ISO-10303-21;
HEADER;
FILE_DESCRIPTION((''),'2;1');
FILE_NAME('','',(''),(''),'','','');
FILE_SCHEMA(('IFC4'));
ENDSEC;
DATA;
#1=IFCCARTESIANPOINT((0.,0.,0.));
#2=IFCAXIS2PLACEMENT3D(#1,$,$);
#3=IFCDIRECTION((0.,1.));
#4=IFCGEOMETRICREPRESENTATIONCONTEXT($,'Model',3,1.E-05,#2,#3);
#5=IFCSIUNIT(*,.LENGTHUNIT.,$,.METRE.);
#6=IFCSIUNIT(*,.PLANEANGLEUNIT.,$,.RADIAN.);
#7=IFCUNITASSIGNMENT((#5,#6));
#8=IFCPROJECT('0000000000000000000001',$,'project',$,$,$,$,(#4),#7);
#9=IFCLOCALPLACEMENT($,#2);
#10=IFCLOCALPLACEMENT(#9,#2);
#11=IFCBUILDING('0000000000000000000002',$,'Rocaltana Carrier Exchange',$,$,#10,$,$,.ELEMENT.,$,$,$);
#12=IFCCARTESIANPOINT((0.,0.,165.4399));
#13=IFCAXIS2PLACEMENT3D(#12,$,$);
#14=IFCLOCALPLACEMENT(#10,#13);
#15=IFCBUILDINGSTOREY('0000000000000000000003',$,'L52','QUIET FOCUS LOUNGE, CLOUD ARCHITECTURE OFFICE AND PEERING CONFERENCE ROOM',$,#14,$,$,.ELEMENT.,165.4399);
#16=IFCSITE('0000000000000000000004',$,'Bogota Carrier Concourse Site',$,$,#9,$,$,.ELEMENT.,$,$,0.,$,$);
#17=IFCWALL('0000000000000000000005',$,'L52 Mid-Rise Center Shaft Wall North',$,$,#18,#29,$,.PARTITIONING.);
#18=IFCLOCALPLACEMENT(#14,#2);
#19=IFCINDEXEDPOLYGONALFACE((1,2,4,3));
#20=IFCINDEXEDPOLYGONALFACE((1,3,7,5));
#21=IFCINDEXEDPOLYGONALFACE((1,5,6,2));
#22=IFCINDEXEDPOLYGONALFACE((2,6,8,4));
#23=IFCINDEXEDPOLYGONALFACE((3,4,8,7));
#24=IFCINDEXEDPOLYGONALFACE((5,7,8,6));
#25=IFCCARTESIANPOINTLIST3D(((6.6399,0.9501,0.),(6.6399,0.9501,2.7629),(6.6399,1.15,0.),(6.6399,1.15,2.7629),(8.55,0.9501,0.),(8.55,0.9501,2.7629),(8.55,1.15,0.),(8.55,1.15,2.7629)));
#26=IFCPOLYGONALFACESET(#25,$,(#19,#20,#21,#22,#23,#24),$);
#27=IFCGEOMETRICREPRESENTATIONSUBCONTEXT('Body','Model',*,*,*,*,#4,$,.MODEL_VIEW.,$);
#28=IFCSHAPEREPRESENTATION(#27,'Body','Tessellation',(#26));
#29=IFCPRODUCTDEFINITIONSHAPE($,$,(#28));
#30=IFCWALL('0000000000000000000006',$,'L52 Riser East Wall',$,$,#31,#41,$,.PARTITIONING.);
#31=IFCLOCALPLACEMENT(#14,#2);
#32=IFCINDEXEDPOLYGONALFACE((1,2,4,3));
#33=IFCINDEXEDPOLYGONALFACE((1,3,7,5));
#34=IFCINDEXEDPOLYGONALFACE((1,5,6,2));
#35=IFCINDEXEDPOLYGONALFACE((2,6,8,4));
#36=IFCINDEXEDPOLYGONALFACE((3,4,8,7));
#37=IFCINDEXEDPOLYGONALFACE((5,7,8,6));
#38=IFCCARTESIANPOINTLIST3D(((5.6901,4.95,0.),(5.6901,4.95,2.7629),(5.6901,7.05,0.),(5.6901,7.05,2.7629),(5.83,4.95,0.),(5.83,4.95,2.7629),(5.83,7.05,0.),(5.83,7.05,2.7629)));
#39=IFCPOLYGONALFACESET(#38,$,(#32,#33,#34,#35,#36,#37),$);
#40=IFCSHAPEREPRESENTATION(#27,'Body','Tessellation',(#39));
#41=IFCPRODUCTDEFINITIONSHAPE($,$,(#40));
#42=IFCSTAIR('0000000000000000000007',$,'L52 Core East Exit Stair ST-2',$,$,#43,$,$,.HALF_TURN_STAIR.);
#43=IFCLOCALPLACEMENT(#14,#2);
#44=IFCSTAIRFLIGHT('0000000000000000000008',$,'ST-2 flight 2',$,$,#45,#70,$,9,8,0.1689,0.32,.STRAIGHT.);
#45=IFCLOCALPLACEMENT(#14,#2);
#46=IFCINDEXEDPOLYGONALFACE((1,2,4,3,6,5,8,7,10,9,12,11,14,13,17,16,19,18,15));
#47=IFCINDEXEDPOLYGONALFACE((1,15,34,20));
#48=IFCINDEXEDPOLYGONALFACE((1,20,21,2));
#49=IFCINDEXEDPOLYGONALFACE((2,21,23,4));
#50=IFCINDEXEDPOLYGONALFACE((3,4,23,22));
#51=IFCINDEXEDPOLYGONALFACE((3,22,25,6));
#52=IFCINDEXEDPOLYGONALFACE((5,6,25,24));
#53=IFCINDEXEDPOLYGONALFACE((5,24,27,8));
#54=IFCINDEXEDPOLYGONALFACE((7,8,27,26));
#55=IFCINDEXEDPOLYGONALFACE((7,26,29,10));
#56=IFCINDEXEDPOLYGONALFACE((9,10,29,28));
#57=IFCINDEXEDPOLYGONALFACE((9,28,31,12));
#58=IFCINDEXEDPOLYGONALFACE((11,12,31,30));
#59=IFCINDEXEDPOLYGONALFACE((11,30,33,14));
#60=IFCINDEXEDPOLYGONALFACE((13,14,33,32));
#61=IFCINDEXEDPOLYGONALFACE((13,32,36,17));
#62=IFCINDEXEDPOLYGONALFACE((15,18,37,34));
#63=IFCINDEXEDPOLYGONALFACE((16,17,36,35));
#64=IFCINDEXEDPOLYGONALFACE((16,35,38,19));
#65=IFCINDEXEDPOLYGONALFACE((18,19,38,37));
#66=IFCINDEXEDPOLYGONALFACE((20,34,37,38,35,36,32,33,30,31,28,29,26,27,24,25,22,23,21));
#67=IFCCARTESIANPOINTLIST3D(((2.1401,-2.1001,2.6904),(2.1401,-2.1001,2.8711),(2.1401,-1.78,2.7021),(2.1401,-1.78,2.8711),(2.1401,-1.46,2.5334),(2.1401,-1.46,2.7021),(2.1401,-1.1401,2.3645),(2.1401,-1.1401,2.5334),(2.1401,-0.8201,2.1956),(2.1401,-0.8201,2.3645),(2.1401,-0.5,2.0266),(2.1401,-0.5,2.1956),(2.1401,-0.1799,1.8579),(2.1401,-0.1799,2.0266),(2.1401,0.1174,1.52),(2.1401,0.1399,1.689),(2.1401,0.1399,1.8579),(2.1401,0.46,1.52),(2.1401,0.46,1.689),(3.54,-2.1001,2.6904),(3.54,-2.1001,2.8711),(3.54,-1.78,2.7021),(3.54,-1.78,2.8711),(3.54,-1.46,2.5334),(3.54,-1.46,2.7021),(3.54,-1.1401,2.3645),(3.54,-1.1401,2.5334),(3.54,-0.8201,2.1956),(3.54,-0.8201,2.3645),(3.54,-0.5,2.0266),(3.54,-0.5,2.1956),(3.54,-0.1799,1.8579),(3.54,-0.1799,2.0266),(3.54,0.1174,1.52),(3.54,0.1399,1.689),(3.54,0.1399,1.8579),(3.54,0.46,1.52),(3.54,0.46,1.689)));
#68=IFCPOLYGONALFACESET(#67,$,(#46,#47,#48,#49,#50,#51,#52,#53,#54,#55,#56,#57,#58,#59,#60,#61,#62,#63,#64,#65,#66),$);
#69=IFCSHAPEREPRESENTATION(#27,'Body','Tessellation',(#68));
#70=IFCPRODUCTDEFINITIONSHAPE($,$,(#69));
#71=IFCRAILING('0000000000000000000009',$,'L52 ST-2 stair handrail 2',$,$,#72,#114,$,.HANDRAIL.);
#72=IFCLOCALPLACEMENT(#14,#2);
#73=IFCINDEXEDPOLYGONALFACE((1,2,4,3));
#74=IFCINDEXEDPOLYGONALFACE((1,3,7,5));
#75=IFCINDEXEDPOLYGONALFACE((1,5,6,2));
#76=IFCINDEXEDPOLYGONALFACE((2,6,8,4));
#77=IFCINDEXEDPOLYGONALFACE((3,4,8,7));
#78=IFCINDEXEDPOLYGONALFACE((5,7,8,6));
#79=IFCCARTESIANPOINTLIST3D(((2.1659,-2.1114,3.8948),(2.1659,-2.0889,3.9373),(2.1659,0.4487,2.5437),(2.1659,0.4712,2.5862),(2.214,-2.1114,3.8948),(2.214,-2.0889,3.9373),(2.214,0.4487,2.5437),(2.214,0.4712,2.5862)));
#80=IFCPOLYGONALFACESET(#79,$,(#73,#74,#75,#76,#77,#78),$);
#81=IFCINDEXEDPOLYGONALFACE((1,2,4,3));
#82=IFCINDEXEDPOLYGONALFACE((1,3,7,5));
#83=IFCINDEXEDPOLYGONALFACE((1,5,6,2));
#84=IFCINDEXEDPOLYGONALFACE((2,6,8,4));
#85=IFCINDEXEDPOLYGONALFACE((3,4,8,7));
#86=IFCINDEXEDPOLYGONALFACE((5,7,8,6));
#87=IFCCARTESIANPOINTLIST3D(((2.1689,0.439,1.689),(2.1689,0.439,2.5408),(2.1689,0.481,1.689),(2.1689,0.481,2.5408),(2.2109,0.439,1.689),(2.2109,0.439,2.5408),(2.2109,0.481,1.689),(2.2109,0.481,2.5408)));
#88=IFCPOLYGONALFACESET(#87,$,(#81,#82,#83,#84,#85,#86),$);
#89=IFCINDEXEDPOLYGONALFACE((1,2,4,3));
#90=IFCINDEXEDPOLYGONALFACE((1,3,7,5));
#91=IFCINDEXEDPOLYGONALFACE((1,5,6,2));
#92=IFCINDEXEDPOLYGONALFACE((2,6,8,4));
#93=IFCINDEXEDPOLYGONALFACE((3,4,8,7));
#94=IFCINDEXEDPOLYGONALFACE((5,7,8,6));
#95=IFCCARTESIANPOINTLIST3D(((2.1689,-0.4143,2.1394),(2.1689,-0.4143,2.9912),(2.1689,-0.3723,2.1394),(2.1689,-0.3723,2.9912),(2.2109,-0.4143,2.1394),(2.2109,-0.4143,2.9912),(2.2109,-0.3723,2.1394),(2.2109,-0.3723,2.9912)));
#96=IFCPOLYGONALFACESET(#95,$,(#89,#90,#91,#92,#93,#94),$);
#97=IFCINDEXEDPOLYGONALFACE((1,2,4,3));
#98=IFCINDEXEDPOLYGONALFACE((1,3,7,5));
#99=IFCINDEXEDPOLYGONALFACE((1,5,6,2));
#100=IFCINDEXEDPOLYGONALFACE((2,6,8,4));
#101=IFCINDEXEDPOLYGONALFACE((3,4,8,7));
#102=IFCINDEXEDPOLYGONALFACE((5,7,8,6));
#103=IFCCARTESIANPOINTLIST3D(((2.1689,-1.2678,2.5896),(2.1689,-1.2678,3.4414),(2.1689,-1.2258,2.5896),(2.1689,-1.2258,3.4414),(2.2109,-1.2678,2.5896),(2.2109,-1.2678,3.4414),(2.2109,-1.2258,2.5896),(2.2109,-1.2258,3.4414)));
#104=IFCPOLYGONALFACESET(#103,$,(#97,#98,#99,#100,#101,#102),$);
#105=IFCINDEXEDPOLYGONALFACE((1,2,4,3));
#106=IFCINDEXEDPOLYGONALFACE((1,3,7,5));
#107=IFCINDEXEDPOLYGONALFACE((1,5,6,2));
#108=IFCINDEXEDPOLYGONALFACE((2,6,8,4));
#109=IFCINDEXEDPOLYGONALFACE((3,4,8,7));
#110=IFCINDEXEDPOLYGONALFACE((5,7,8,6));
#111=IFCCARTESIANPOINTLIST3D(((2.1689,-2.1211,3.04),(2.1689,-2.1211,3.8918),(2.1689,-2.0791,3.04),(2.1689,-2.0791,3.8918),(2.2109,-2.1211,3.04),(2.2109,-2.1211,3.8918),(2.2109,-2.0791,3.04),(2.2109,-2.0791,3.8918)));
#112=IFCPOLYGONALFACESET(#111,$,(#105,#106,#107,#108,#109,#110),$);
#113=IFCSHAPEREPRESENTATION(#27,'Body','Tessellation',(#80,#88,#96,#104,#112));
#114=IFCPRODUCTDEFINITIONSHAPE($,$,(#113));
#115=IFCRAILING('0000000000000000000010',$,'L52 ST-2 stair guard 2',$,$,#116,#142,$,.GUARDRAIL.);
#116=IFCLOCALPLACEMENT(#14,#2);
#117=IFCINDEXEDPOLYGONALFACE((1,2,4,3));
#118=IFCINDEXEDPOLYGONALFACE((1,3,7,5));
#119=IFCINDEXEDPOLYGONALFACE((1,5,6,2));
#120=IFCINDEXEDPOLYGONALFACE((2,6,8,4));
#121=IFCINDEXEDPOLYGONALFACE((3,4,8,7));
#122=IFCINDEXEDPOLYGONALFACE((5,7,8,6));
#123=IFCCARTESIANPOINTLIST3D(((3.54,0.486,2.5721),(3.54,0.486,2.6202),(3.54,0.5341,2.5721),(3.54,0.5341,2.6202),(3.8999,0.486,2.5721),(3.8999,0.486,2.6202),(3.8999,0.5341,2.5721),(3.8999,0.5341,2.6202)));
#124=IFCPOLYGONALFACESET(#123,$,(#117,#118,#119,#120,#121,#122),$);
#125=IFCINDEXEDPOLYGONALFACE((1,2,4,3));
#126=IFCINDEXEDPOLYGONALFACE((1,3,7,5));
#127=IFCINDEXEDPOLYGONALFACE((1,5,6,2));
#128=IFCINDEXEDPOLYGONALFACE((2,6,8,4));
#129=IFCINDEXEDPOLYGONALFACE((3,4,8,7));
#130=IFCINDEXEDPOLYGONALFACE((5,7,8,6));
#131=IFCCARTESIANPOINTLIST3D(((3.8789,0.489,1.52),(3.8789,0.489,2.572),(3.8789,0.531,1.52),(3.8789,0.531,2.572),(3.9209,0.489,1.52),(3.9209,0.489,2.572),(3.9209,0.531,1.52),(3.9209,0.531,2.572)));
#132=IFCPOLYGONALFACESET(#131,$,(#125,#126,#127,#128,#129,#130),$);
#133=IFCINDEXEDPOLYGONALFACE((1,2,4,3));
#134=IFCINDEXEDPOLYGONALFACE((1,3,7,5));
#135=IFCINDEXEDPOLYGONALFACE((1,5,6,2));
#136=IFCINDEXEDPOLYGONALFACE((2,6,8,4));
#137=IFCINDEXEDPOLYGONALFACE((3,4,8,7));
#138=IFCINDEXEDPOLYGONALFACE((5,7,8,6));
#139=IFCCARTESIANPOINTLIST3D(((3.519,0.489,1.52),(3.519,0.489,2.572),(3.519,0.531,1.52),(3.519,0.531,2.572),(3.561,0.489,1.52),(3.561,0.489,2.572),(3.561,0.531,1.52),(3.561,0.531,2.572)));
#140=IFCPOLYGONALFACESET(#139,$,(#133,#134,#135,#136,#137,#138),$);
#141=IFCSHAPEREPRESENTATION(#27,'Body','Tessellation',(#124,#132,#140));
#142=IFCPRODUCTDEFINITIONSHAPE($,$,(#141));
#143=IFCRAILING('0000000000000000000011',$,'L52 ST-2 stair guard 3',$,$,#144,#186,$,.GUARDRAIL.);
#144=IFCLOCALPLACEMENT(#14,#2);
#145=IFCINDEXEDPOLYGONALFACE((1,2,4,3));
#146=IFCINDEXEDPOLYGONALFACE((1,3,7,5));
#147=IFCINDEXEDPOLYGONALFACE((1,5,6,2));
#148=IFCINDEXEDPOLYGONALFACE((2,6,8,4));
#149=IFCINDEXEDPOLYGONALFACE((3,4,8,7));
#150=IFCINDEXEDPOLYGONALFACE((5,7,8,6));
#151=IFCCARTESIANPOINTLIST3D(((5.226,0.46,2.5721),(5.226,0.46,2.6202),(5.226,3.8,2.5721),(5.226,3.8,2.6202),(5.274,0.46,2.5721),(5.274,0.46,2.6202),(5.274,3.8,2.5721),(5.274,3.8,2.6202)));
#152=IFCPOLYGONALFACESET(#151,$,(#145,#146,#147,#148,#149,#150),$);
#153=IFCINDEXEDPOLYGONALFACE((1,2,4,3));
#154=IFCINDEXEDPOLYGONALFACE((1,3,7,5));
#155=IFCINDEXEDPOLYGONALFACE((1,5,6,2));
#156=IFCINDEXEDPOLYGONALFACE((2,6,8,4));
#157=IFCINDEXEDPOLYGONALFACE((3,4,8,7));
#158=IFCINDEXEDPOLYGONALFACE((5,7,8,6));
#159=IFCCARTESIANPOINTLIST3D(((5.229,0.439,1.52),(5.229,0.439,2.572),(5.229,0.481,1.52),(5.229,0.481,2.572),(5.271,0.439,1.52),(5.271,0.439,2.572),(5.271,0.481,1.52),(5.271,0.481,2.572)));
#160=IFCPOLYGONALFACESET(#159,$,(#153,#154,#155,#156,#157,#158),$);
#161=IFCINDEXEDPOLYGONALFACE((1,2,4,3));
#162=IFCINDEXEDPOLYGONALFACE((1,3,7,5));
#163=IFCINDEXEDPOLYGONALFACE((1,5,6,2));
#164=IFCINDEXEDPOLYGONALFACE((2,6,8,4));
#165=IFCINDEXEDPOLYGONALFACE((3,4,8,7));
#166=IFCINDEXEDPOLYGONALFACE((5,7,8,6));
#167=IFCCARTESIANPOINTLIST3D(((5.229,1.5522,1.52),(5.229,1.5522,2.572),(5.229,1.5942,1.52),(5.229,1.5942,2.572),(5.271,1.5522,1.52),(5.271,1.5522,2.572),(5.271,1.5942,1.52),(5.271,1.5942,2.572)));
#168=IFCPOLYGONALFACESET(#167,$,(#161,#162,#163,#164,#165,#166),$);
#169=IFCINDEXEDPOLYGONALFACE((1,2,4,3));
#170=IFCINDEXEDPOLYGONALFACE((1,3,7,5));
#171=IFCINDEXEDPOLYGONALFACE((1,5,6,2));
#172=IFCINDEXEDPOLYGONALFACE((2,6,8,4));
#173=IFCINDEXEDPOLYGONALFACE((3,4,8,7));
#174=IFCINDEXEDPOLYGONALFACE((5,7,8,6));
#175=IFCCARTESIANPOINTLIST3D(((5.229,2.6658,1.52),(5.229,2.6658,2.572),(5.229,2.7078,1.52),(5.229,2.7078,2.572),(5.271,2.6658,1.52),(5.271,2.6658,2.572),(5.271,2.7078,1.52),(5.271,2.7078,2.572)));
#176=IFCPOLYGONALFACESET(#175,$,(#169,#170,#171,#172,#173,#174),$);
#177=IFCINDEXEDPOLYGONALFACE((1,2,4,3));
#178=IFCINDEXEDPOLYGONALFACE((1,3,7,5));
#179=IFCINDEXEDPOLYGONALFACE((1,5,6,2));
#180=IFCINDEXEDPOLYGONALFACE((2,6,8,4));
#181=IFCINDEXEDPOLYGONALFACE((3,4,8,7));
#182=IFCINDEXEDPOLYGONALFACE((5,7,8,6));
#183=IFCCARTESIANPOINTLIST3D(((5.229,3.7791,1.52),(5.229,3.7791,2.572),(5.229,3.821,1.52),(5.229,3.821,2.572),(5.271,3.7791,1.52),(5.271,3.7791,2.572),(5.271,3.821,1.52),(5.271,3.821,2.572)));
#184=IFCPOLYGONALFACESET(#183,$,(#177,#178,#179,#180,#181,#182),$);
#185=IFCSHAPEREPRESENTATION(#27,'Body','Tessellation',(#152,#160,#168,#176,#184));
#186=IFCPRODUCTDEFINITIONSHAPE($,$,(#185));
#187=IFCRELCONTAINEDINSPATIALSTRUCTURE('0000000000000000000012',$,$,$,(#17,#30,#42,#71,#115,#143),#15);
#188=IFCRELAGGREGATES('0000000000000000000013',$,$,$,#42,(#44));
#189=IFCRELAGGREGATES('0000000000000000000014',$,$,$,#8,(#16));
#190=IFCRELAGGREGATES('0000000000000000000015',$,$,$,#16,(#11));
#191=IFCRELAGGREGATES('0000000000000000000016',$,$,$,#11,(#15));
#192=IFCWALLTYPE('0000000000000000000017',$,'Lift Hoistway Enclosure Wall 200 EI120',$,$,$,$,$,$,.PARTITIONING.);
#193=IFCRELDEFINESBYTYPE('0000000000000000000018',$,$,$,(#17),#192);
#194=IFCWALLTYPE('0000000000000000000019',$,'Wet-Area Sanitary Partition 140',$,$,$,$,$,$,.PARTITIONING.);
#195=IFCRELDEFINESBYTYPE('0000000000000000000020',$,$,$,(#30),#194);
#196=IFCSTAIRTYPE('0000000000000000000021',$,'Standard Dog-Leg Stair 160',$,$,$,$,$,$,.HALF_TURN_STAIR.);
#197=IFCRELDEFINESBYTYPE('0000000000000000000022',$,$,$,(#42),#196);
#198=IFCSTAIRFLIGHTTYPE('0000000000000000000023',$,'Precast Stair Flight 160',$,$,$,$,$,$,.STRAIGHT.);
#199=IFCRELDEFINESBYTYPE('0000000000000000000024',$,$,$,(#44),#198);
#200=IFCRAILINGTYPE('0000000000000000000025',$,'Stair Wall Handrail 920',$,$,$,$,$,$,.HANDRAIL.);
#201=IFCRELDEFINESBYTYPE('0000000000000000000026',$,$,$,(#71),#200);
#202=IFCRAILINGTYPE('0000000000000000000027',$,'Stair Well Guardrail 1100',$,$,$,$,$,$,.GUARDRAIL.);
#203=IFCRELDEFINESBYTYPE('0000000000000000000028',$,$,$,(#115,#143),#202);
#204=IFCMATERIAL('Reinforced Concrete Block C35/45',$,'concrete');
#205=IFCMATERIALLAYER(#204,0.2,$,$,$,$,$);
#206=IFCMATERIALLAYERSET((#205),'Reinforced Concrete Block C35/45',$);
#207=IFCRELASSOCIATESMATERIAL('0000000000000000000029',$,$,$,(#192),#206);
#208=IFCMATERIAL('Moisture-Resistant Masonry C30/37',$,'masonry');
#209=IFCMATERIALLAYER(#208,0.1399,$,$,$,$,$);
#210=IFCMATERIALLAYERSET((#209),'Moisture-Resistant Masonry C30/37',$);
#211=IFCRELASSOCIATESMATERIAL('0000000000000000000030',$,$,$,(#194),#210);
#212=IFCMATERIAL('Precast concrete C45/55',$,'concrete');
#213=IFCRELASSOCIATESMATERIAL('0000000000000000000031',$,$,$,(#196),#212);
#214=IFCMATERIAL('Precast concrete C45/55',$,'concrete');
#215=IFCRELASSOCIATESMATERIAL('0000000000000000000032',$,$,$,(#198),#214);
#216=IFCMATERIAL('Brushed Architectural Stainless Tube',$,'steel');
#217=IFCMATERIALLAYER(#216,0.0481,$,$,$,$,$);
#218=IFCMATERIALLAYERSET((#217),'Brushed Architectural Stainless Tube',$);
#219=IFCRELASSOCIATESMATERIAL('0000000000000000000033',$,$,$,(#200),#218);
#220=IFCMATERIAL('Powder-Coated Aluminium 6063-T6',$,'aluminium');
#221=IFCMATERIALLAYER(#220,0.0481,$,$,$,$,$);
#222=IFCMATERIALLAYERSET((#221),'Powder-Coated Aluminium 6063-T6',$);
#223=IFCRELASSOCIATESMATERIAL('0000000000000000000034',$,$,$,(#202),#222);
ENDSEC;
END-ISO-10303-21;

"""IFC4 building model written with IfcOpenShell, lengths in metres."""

from ifc_helpers import new_model, si_unit, direction, frame, frame_2d, origin, origin_2d, place, context, subcontext, project, spatial, polyline, rectangle, outline, extrude, material, layer, layer_set, type_object, element, aggregate, save


model = new_model("IFC4")

# Units and contexts
model_context = context("Model", 3, precision=1e-05, world=origin(), true_north=direction((0.0, 1.0)))
body_context = subcontext(model_context, "Body", "Model", "MODEL_VIEW")
ifc_project = project(units=[si_unit("LENGTHUNIT", "METRE"), si_unit("PLANEANGLEUNIT", "RADIAN")], contexts=[model_context])

# Site, building, storey
site_placement = place(None, origin())
site = spatial("IfcSite", under=ifc_project, at=site_placement, Name="Bogota Carrier Concourse Site", CompositionType="ELEMENT", RefElevation=0.0)
building_placement = place(site_placement, origin())
building = spatial("IfcBuilding", under=site, at=building_placement, Name="Rocaltana Carrier Exchange", CompositionType="ELEMENT")
storey_placement = place(building_placement, frame((0.0, 0.0, 165.4399)))
storey = spatial("IfcBuildingStorey", under=building, at=storey_placement, Name="L52", Description="QUIET FOCUS LOUNGE, CLOUD ARCHITECTURE OFFICE AND PEERING CONFERENCE ROOM", CompositionType="ELEMENT", Elevation=165.4399)

# Walls
ifc_material_1 = material(Name="Reinforced Concrete Block C35/45", Category="concrete")
ifc_layer_1 = layer(ifc_material_1, 0.2)
ifc_layer_set_1 = layer_set([ifc_layer_1], Name="Reinforced Concrete Block C35/45")
wall_type_1 = type_object("IfcWallType", Name="Lift Hoistway Enclosure Wall 200 EI120", PredefinedType="PARTITIONING", material=ifc_layer_set_1)
wall_1_placement = place(storey_placement, frame((6.6399, 1.05, 0.0), z_axis=(0.0, 0.0, 1.0), x_axis=(1.0, 0.0, 0.0)))
element("IfcWall", 1, at=wall_1_placement, inside=storey, type_object=wall_type_1, Name="L52 Mid-Rise Center Shaft Wall North", PredefinedType="PARTITIONING", context=body_context, shape_type="SweptSolid", body=[
    extrude(rectangle(XDim=1.9102, YDim=0.2, at=frame_2d((0.9551, 0.0))), origin(), (0.0, 0.0, 1.0), 2.7629),
])
ifc_material_2 = material(Name="Moisture-Resistant Masonry C30/37", Category="masonry")
ifc_layer_2 = layer(ifc_material_2, 0.1399)
ifc_layer_set_2 = layer_set([ifc_layer_2], Name="Moisture-Resistant Masonry C30/37")
wall_type_2 = type_object("IfcWallType", Name="Wet-Area Sanitary Partition 140", PredefinedType="PARTITIONING", material=ifc_layer_set_2)
wall_2_placement = place(storey_placement, frame((5.76, 4.95, 0.0), z_axis=(0.0, 0.0, 1.0), x_axis=(0.0, 1.0, 0.0)))
element("IfcWall", 2, at=wall_2_placement, inside=storey, type_object=wall_type_2, Name="L52 Riser East Wall", PredefinedType="PARTITIONING", context=body_context, shape_type="SweptSolid", body=[
    extrude(rectangle(XDim=2.1001, YDim=0.1399, at=frame_2d((1.05, 0.0))), origin(), (0.0, 0.0, 1.0), 2.7629),
])

# Stair, stair flight
ifc_material_3 = material(Name="Precast concrete C45/55", Category="concrete")
stair_type = type_object("IfcStairType", Name="Standard Dog-Leg Stair 160", PredefinedType="HALF_TURN_STAIR", material=ifc_material_3)
stair_placement = place(storey_placement, origin())
stair = element("IfcStair", 3, at=stair_placement, inside=storey, type_object=stair_type, Name="L52 Core East Exit Stair ST-2", PredefinedType="HALF_TURN_STAIR")
ifc_material_4 = material(Name="Precast concrete C45/55", Category="concrete")
stair_flight_type = type_object("IfcStairFlightType", Name="Precast Stair Flight 160", PredefinedType="STRAIGHT", material=ifc_material_4)
stair_flight_placement = place(storey_placement, frame((2.8401, 0.46, 1.52), z_axis=(0.0, 0.0, 1.0), x_axis=(0.0, -1.0, 0.0)))
stair_flight = element("IfcStairFlight", 4, at=stair_flight_placement, type_object=stair_flight_type, Name="ST-2 flight 2", NumberOfRisers=9, NumberOfTreads=8, PredefinedType="STRAIGHT", RiserHeight=0.1689, TreadLength=0.32, context=body_context, shape_type="SweptSolid", body=[
    extrude(outline(polyline([(0.0, 0.0), (0.0, 0.1689), (0.3201, 0.1689), (0.3201, 0.3379), (0.6399, 0.3379), (0.6399, 0.5066), (0.96, 0.5066), (0.96, 0.6755), (1.28, 0.6755), (1.28, 0.8445), (1.6001, 0.8445), (1.6001, 1.0134), (1.9199, 1.0134), (1.9199, 1.1821), (2.24, 1.1821), (2.24, 1.3511), (2.5601, 1.3511), (2.5601, 1.52), (2.5601, 1.1704), (0.3425, 0.0), (0.0, 0.0)])), frame((0.0, 0.7, 0.0), z_axis=(0.0, -1.0, 0.0), x_axis=(1.0, 0.0, 0.0)), (0.0, 0.0, 1.0), 1.3999),
])
aggregate(stair, [stair_flight])

# Railings
ifc_material_5 = material(Name="Brushed Architectural Stainless Tube", Category="steel")
ifc_layer_3 = layer(ifc_material_5, 0.0481)
ifc_layer_set_3 = layer_set([ifc_layer_3], Name="Brushed Architectural Stainless Tube")
railing_type_1 = type_object("IfcRailingType", Name="Stair Wall Handrail 920", PredefinedType="HANDRAIL", material=ifc_layer_set_3)
railing_1_placement = place(storey_placement, frame((2.1899, 0.46, 1.689)))
element("IfcRailing", 5, at=railing_1_placement, inside=storey, type_object=railing_type_1, Name="L52 ST-2 stair handrail 2", PredefinedType="HANDRAIL", context=body_context, shape_type="SweptSolid", body=[
    extrude(rectangle(XDim=0.0481, YDim=0.0481, at=origin_2d()), frame((0.0, 0.0, 0.876), z_axis=(0.0, -0.884394, 0.46674), x_axis=(1.0, 0.0, 0.0)), (0.0, 0.0, 1.0), 2.8948),
    extrude(rectangle(XDim=0.042, YDim=0.042, at=origin_2d()), origin(), (0.0, 0.0, 1.0), 0.8518),
    extrude(rectangle(XDim=0.042, YDim=0.042, at=origin_2d()), frame((0.0, -0.8533, 0.4504)), (0.0, 0.0, 1.0), 0.8518),
    extrude(rectangle(XDim=0.042, YDim=0.042, at=origin_2d()), frame((0.0, -1.7068, 0.9006)), (0.0, 0.0, 1.0), 0.8518),
    extrude(rectangle(XDim=0.042, YDim=0.042, at=origin_2d()), frame((0.0, -2.5601, 1.3511)), (0.0, 0.0, 1.0), 0.8518),
])
ifc_material_6 = material(Name="Powder-Coated Aluminium 6063-T6", Category="aluminium")
ifc_layer_4 = layer(ifc_material_6, 0.0481)
ifc_layer_set_4 = layer_set([ifc_layer_4], Name="Powder-Coated Aluminium 6063-T6")
railing_type_2 = type_object("IfcRailingType", Name="Stair Well Guardrail 1100", PredefinedType="GUARDRAIL", material=ifc_layer_set_4)
railing_2_placement = place(storey_placement, frame((3.8999, 0.51, 1.52)))
element("IfcRailing", 6, at=railing_2_placement, inside=storey, type_object=railing_type_2, Name="L52 ST-2 stair guard 2", PredefinedType="GUARDRAIL", context=body_context, shape_type="SweptSolid", body=[
    extrude(rectangle(XDim=0.0481, YDim=0.0481, at=origin_2d()), frame((0.0, 0.0, 1.0762), z_axis=(-1.0, 0.0, 0.0), x_axis=(0.0, -1.0, 0.0)), (0.0, 0.0, 1.0), 0.3599),
    extrude(rectangle(XDim=0.042, YDim=0.042, at=origin_2d()), origin(), (0.0, 0.0, 1.0), 1.052),
    extrude(rectangle(XDim=0.042, YDim=0.042, at=origin_2d()), frame((-0.3599, 0.0, 0.0)), (0.0, 0.0, 1.0), 1.052),
])
for number, where, name in (
    (7, (5.25, 0.46, 1.52), "L52 ST-2 stair guard 3"),
):
    element("IfcRailing", number, at=place(storey_placement, frame(where)), inside=storey, type_object=railing_type_2, Name=name, PredefinedType="GUARDRAIL", context=body_context, shape_type="SweptSolid", body=[
        extrude(rectangle(XDim=0.0481, YDim=0.0481, at=origin_2d()), frame((0.0, 0.0, 1.0762), z_axis=(0.0, 1.0, 0.0), x_axis=(-1.0, 0.0, 0.0)), (0.0, 0.0, 1.0), 3.3401),
        extrude(rectangle(XDim=0.042, YDim=0.042, at=origin_2d()), origin(), (0.0, 0.0, 1.0), 1.052),
        extrude(rectangle(XDim=0.042, YDim=0.042, at=origin_2d()), frame((0.0, 1.1133, 0.0)), (0.0, 0.0, 1.0), 1.052),
        extrude(rectangle(XDim=0.042, YDim=0.042, at=origin_2d()), frame((0.0, 2.2268, 0.0)), (0.0, 0.0, 1.0), 1.052),
        extrude(rectangle(XDim=0.042, YDim=0.042, at=origin_2d()), frame((0.0, 3.3401, 0.0)), (0.0, 0.0, 1.0), 1.052),
    ])

save(model, "model.ifc")
